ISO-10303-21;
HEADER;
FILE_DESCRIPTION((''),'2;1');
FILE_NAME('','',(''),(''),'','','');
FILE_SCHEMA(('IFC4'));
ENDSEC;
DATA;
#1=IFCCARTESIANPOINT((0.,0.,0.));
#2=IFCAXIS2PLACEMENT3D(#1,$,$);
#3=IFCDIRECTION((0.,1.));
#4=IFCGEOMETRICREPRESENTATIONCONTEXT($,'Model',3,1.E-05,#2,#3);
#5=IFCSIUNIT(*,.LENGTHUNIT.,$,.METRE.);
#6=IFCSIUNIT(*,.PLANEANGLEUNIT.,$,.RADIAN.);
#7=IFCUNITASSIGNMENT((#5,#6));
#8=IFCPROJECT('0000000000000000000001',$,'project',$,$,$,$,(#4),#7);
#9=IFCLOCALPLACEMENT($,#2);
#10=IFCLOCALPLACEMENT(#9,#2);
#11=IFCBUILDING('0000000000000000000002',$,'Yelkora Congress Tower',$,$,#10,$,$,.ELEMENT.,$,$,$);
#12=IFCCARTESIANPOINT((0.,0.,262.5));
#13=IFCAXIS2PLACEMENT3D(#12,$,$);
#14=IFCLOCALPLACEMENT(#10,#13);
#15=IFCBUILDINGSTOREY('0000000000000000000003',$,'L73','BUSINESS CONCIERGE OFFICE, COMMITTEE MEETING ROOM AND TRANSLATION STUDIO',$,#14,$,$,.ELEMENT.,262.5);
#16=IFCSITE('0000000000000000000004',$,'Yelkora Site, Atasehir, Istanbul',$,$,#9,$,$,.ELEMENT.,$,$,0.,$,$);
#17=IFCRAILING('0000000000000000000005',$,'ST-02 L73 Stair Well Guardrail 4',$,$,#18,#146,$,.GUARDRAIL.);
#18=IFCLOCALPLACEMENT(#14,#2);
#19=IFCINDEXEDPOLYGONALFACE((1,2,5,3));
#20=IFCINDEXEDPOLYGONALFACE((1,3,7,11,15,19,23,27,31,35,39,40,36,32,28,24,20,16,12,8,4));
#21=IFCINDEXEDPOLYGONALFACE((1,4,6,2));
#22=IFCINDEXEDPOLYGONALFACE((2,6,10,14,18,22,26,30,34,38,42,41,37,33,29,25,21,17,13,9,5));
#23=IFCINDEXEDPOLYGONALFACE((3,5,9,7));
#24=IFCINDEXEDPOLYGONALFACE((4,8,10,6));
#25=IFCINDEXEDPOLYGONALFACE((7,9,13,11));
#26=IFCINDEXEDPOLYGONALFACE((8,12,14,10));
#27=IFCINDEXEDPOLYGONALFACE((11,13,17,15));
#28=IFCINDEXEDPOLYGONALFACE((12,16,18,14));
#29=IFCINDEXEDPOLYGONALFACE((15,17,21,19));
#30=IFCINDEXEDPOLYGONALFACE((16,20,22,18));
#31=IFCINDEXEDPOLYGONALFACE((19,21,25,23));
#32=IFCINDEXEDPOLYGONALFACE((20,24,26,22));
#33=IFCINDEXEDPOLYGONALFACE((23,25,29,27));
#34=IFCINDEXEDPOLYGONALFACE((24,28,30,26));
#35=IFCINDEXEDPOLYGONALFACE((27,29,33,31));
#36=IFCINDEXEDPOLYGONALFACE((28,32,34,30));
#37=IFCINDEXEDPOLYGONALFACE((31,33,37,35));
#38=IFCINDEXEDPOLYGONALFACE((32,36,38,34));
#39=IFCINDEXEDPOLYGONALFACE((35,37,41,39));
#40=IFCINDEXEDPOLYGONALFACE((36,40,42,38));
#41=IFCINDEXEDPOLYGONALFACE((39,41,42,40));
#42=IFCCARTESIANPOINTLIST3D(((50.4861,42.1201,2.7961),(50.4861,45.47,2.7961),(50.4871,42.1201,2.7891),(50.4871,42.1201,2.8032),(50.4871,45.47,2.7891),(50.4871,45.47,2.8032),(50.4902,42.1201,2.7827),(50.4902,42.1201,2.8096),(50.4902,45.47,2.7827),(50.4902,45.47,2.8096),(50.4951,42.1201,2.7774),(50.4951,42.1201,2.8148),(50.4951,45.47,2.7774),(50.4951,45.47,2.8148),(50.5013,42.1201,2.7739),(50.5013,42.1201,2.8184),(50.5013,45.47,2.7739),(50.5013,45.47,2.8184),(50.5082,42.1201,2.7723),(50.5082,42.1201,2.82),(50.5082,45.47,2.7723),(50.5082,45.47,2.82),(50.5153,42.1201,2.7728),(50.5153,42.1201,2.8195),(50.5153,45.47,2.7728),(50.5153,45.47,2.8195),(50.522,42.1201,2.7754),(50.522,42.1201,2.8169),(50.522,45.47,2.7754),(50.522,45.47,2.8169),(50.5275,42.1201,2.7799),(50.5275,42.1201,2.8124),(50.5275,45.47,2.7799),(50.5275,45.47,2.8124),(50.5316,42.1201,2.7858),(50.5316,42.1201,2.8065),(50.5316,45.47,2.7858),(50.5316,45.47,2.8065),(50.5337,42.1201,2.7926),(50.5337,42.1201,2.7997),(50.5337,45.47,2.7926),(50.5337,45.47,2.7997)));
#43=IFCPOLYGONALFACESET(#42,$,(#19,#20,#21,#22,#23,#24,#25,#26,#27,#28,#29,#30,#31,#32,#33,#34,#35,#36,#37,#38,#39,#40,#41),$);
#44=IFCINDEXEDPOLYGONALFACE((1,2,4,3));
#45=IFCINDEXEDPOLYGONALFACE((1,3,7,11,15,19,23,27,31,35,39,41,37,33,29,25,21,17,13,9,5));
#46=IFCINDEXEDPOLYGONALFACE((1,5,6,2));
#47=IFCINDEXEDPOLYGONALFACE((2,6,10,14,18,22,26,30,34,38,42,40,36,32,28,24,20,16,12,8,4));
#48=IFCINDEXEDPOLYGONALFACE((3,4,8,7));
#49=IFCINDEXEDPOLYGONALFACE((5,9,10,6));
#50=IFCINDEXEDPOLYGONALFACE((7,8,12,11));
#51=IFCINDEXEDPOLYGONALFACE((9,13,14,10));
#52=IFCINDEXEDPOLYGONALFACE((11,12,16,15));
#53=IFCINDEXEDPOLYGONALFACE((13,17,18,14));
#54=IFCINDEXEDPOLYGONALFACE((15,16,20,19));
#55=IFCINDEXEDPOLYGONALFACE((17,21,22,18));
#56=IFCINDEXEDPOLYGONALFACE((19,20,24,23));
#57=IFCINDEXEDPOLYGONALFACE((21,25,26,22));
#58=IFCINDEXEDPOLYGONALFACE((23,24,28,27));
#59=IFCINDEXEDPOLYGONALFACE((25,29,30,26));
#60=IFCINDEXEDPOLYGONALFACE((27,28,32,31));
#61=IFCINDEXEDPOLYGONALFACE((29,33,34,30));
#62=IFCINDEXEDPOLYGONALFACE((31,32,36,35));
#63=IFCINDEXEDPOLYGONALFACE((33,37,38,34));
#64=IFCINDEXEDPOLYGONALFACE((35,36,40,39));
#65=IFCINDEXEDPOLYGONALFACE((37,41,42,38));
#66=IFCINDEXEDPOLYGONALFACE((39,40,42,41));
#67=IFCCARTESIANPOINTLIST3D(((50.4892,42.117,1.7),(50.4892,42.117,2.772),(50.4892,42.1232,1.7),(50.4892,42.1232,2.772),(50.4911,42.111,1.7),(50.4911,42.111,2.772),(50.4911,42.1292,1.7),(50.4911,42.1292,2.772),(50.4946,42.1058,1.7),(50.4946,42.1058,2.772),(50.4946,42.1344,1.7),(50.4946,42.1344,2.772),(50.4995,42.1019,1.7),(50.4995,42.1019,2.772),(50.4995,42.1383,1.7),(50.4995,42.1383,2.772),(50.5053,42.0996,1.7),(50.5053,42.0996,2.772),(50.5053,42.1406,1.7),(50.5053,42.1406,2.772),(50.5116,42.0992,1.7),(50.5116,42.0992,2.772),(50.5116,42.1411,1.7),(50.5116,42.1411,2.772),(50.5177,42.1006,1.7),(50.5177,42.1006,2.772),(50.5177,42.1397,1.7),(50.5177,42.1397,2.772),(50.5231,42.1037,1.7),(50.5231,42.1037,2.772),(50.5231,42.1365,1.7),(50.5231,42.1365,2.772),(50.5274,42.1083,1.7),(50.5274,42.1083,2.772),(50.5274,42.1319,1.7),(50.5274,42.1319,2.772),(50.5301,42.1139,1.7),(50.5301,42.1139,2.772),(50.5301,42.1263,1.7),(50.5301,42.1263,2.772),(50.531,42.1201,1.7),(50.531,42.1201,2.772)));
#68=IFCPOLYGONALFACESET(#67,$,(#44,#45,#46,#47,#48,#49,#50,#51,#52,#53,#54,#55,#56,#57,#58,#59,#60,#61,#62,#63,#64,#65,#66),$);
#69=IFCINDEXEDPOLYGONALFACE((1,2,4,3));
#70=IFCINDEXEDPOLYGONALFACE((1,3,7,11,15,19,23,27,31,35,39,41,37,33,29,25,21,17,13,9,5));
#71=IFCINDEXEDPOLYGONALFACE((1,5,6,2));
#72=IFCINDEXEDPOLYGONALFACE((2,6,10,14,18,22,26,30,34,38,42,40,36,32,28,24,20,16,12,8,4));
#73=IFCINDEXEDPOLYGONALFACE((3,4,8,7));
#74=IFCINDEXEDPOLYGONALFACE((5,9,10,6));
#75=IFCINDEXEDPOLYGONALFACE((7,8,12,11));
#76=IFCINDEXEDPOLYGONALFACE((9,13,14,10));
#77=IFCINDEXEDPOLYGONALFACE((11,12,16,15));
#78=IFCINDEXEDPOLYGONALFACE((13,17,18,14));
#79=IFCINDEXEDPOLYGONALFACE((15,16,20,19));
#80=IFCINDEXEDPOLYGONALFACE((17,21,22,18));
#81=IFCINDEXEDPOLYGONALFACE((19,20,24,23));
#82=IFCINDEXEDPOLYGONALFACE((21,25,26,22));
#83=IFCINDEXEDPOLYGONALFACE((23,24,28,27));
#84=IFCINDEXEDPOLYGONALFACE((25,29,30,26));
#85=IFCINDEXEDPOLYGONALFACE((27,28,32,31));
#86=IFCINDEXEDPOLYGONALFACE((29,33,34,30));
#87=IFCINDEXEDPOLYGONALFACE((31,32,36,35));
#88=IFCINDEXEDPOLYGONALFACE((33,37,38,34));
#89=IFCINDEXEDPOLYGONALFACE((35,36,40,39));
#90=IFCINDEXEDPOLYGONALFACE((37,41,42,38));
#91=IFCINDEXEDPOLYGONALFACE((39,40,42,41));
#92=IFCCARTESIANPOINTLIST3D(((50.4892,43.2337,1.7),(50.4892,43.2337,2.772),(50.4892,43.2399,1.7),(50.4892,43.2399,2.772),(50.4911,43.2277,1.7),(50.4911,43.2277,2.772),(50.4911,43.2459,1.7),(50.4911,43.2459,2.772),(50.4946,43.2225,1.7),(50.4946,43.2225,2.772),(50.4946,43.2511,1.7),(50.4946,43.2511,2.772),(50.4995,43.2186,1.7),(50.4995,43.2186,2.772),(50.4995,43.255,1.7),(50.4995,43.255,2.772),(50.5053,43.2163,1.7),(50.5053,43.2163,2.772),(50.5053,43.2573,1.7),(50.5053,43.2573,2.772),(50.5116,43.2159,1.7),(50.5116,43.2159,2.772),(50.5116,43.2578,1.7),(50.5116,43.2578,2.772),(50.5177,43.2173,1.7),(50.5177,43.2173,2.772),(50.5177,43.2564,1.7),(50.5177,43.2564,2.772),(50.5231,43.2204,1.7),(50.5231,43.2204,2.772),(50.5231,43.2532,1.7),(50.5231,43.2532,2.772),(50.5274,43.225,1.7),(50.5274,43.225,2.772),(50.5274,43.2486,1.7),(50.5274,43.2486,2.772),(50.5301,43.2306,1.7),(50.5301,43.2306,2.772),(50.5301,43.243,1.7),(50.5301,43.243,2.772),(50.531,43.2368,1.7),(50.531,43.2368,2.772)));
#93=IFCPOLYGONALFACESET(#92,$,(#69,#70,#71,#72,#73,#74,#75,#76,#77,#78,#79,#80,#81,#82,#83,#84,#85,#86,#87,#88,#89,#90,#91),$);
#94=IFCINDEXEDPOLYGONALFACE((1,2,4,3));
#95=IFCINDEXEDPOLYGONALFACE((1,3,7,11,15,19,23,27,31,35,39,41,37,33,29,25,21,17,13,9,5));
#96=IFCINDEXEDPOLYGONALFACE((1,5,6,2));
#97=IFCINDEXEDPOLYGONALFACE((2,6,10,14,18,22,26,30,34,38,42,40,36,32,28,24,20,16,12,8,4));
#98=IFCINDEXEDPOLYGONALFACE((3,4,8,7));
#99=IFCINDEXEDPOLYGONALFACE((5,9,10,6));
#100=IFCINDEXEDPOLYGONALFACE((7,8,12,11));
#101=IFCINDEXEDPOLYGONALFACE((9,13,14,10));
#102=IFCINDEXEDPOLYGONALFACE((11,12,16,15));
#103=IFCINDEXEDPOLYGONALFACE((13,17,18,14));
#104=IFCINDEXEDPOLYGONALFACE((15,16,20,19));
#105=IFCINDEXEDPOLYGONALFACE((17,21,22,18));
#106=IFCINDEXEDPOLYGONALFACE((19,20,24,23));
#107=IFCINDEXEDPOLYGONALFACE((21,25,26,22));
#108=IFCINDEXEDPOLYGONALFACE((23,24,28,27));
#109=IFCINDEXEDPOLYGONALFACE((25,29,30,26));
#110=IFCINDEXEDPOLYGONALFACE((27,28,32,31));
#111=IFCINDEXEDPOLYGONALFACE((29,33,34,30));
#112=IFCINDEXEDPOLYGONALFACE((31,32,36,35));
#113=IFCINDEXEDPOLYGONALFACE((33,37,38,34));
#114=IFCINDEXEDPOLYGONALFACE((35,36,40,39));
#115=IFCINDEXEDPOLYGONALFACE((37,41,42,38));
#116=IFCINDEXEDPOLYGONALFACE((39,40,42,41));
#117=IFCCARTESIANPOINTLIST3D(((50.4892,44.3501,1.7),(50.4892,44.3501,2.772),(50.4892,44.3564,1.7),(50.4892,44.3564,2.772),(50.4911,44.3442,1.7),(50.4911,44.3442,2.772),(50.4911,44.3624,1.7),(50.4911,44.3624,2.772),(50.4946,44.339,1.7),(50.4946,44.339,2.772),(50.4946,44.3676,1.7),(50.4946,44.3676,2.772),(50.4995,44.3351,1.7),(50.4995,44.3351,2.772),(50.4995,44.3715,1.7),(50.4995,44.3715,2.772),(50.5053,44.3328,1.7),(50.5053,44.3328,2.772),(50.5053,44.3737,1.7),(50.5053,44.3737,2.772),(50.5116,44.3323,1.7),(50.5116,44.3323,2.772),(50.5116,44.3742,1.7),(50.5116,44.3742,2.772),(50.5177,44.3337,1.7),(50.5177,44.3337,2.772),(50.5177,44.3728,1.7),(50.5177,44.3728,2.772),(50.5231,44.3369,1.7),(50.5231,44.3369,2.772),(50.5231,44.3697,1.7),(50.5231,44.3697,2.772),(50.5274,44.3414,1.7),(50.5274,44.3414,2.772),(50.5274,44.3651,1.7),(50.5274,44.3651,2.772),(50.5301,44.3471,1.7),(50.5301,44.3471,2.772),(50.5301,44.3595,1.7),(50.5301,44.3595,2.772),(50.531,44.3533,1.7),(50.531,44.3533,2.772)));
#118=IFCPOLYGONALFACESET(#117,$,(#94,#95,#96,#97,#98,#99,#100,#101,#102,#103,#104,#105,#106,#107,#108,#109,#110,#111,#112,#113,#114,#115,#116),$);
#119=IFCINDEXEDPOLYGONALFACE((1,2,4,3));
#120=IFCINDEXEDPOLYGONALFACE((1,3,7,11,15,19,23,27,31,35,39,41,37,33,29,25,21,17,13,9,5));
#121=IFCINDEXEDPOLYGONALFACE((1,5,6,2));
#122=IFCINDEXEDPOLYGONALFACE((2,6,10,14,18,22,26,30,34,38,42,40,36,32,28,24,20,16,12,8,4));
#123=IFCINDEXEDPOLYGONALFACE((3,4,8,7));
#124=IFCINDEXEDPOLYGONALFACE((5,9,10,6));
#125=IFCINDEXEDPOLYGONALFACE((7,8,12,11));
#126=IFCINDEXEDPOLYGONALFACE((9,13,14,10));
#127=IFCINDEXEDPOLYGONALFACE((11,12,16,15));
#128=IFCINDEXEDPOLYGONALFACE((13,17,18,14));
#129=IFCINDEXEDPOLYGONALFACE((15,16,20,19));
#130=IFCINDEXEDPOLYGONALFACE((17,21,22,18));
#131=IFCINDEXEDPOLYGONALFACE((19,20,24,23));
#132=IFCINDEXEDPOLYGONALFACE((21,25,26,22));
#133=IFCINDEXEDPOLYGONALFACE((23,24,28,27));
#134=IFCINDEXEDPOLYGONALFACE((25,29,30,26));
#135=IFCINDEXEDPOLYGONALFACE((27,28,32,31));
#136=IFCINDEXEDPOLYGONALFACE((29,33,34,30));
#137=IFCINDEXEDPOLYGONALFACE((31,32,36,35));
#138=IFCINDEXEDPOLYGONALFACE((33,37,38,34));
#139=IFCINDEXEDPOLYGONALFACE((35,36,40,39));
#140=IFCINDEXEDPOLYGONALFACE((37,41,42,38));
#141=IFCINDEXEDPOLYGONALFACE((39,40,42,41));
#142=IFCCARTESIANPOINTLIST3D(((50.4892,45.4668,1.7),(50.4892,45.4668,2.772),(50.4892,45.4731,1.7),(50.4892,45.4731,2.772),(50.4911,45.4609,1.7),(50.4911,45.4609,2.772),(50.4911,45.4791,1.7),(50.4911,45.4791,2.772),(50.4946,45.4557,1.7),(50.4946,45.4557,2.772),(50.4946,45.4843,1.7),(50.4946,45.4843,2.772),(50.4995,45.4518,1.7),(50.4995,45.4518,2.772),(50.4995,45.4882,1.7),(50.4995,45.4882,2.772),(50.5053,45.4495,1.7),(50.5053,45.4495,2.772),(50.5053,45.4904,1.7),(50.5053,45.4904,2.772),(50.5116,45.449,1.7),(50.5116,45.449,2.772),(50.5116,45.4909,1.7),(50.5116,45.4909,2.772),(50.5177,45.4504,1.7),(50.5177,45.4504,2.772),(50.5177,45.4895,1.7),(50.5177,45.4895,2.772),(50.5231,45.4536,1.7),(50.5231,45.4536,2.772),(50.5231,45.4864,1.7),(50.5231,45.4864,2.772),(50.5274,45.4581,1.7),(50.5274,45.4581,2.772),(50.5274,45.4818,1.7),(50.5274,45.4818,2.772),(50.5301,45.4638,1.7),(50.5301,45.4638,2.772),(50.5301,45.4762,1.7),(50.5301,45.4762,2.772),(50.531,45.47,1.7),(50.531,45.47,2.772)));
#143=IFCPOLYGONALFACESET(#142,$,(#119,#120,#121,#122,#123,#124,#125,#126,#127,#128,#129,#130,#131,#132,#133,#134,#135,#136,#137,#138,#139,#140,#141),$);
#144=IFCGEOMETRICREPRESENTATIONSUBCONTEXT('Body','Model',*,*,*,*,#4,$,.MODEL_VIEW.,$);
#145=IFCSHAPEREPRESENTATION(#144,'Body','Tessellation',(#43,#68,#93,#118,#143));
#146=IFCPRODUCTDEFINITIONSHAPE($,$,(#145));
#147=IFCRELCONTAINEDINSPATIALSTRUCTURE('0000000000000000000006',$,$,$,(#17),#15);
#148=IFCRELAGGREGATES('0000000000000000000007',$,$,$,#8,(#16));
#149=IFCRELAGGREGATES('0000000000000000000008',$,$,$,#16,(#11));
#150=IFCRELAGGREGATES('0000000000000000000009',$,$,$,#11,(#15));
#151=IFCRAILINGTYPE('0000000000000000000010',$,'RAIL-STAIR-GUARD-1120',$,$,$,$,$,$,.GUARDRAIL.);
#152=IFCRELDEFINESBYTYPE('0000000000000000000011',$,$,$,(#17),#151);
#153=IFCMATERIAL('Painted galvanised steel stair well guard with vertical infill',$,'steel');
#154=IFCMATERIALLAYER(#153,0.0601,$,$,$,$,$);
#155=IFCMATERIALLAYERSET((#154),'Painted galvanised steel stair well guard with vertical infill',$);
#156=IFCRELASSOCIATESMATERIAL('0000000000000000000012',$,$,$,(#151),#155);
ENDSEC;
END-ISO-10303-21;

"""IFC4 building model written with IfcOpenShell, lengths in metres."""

from ifc_helpers import new_model, si_unit, direction, frame, origin, origin_2d, place, context, subcontext, project, spatial, circle, extrude, material, layer, layer_set, type_object, element, save


model = new_model("IFC4")

# Units and contexts
model_context = context("Model", 3, precision=1e-05, world=origin(), true_north=direction((0.0, 1.0)))
body_context = subcontext(model_context, "Body", "Model", "MODEL_VIEW")
ifc_project = project(units=[si_unit("LENGTHUNIT", "METRE"), si_unit("PLANEANGLEUNIT", "RADIAN")], contexts=[model_context])

# Site, building, storey
site_placement = place(None, origin())
site = spatial("IfcSite", under=ifc_project, at=site_placement, Name="Yelkora Site, Atasehir, Istanbul", CompositionType="ELEMENT", RefElevation=0.0)
building_placement = place(site_placement, origin())
building = spatial("IfcBuilding", under=site, at=building_placement, Name="Yelkora Congress Tower", CompositionType="ELEMENT")
storey_placement = place(building_placement, frame((0.0, 0.0, 262.5)))
storey = spatial("IfcBuildingStorey", under=building, at=storey_placement, Name="L73", Description="BUSINESS CONCIERGE OFFICE, COMMITTEE MEETING ROOM AND TRANSLATION STUDIO", CompositionType="ELEMENT", Elevation=262.5)

# Railing
ifc_material_1 = material(Name="Painted galvanised steel stair well guard with vertical infill", Category="steel")
ifc_layer_1 = layer(ifc_material_1, 0.0601)
ifc_layer_set_1 = layer_set([ifc_layer_1], Name="Painted galvanised steel stair well guard with vertical infill")
railing_type_1 = type_object("IfcRailingType", Name="RAIL-STAIR-GUARD-1120", PredefinedType="GUARDRAIL", material=ifc_layer_set_1)
for number, where, name in (
    (1, (50.51, 42.1201, 1.7), "ST-02 L73 Stair Well Guardrail 4"),
):
    element("IfcRailing", number, at=place(storey_placement, frame(where)), inside=storey, type_object=railing_type_1, Name=name, PredefinedType="GUARDRAIL", context=body_context, shape_type="SweptSolid", body=[
        extrude(circle(Radius=0.0239, at=origin_2d()), frame((0.0, 0.0, 1.0962), z_axis=(0.0, 1.0, 0.0), x_axis=(-1.0, 0.0, 0.0)), (0.0, 0.0, 1.0), 3.3499),
        extrude(circle(Radius=0.021, at=origin_2d()), origin(), (0.0, 0.0, 1.0), 1.072),
        extrude(circle(Radius=0.021, at=origin_2d()), frame((0.0, 1.1167, 0.0)), (0.0, 0.0, 1.0), 1.072),
        extrude(circle(Radius=0.021, at=origin_2d()), frame((0.0, 2.2332, 0.0)), (0.0, 0.0, 1.0), 1.072),
        extrude(circle(Radius=0.021, at=origin_2d()), frame((0.0, 3.3499, 0.0)), (0.0, 0.0, 1.0), 1.072),
    ])

save(model, "model.ifc")
